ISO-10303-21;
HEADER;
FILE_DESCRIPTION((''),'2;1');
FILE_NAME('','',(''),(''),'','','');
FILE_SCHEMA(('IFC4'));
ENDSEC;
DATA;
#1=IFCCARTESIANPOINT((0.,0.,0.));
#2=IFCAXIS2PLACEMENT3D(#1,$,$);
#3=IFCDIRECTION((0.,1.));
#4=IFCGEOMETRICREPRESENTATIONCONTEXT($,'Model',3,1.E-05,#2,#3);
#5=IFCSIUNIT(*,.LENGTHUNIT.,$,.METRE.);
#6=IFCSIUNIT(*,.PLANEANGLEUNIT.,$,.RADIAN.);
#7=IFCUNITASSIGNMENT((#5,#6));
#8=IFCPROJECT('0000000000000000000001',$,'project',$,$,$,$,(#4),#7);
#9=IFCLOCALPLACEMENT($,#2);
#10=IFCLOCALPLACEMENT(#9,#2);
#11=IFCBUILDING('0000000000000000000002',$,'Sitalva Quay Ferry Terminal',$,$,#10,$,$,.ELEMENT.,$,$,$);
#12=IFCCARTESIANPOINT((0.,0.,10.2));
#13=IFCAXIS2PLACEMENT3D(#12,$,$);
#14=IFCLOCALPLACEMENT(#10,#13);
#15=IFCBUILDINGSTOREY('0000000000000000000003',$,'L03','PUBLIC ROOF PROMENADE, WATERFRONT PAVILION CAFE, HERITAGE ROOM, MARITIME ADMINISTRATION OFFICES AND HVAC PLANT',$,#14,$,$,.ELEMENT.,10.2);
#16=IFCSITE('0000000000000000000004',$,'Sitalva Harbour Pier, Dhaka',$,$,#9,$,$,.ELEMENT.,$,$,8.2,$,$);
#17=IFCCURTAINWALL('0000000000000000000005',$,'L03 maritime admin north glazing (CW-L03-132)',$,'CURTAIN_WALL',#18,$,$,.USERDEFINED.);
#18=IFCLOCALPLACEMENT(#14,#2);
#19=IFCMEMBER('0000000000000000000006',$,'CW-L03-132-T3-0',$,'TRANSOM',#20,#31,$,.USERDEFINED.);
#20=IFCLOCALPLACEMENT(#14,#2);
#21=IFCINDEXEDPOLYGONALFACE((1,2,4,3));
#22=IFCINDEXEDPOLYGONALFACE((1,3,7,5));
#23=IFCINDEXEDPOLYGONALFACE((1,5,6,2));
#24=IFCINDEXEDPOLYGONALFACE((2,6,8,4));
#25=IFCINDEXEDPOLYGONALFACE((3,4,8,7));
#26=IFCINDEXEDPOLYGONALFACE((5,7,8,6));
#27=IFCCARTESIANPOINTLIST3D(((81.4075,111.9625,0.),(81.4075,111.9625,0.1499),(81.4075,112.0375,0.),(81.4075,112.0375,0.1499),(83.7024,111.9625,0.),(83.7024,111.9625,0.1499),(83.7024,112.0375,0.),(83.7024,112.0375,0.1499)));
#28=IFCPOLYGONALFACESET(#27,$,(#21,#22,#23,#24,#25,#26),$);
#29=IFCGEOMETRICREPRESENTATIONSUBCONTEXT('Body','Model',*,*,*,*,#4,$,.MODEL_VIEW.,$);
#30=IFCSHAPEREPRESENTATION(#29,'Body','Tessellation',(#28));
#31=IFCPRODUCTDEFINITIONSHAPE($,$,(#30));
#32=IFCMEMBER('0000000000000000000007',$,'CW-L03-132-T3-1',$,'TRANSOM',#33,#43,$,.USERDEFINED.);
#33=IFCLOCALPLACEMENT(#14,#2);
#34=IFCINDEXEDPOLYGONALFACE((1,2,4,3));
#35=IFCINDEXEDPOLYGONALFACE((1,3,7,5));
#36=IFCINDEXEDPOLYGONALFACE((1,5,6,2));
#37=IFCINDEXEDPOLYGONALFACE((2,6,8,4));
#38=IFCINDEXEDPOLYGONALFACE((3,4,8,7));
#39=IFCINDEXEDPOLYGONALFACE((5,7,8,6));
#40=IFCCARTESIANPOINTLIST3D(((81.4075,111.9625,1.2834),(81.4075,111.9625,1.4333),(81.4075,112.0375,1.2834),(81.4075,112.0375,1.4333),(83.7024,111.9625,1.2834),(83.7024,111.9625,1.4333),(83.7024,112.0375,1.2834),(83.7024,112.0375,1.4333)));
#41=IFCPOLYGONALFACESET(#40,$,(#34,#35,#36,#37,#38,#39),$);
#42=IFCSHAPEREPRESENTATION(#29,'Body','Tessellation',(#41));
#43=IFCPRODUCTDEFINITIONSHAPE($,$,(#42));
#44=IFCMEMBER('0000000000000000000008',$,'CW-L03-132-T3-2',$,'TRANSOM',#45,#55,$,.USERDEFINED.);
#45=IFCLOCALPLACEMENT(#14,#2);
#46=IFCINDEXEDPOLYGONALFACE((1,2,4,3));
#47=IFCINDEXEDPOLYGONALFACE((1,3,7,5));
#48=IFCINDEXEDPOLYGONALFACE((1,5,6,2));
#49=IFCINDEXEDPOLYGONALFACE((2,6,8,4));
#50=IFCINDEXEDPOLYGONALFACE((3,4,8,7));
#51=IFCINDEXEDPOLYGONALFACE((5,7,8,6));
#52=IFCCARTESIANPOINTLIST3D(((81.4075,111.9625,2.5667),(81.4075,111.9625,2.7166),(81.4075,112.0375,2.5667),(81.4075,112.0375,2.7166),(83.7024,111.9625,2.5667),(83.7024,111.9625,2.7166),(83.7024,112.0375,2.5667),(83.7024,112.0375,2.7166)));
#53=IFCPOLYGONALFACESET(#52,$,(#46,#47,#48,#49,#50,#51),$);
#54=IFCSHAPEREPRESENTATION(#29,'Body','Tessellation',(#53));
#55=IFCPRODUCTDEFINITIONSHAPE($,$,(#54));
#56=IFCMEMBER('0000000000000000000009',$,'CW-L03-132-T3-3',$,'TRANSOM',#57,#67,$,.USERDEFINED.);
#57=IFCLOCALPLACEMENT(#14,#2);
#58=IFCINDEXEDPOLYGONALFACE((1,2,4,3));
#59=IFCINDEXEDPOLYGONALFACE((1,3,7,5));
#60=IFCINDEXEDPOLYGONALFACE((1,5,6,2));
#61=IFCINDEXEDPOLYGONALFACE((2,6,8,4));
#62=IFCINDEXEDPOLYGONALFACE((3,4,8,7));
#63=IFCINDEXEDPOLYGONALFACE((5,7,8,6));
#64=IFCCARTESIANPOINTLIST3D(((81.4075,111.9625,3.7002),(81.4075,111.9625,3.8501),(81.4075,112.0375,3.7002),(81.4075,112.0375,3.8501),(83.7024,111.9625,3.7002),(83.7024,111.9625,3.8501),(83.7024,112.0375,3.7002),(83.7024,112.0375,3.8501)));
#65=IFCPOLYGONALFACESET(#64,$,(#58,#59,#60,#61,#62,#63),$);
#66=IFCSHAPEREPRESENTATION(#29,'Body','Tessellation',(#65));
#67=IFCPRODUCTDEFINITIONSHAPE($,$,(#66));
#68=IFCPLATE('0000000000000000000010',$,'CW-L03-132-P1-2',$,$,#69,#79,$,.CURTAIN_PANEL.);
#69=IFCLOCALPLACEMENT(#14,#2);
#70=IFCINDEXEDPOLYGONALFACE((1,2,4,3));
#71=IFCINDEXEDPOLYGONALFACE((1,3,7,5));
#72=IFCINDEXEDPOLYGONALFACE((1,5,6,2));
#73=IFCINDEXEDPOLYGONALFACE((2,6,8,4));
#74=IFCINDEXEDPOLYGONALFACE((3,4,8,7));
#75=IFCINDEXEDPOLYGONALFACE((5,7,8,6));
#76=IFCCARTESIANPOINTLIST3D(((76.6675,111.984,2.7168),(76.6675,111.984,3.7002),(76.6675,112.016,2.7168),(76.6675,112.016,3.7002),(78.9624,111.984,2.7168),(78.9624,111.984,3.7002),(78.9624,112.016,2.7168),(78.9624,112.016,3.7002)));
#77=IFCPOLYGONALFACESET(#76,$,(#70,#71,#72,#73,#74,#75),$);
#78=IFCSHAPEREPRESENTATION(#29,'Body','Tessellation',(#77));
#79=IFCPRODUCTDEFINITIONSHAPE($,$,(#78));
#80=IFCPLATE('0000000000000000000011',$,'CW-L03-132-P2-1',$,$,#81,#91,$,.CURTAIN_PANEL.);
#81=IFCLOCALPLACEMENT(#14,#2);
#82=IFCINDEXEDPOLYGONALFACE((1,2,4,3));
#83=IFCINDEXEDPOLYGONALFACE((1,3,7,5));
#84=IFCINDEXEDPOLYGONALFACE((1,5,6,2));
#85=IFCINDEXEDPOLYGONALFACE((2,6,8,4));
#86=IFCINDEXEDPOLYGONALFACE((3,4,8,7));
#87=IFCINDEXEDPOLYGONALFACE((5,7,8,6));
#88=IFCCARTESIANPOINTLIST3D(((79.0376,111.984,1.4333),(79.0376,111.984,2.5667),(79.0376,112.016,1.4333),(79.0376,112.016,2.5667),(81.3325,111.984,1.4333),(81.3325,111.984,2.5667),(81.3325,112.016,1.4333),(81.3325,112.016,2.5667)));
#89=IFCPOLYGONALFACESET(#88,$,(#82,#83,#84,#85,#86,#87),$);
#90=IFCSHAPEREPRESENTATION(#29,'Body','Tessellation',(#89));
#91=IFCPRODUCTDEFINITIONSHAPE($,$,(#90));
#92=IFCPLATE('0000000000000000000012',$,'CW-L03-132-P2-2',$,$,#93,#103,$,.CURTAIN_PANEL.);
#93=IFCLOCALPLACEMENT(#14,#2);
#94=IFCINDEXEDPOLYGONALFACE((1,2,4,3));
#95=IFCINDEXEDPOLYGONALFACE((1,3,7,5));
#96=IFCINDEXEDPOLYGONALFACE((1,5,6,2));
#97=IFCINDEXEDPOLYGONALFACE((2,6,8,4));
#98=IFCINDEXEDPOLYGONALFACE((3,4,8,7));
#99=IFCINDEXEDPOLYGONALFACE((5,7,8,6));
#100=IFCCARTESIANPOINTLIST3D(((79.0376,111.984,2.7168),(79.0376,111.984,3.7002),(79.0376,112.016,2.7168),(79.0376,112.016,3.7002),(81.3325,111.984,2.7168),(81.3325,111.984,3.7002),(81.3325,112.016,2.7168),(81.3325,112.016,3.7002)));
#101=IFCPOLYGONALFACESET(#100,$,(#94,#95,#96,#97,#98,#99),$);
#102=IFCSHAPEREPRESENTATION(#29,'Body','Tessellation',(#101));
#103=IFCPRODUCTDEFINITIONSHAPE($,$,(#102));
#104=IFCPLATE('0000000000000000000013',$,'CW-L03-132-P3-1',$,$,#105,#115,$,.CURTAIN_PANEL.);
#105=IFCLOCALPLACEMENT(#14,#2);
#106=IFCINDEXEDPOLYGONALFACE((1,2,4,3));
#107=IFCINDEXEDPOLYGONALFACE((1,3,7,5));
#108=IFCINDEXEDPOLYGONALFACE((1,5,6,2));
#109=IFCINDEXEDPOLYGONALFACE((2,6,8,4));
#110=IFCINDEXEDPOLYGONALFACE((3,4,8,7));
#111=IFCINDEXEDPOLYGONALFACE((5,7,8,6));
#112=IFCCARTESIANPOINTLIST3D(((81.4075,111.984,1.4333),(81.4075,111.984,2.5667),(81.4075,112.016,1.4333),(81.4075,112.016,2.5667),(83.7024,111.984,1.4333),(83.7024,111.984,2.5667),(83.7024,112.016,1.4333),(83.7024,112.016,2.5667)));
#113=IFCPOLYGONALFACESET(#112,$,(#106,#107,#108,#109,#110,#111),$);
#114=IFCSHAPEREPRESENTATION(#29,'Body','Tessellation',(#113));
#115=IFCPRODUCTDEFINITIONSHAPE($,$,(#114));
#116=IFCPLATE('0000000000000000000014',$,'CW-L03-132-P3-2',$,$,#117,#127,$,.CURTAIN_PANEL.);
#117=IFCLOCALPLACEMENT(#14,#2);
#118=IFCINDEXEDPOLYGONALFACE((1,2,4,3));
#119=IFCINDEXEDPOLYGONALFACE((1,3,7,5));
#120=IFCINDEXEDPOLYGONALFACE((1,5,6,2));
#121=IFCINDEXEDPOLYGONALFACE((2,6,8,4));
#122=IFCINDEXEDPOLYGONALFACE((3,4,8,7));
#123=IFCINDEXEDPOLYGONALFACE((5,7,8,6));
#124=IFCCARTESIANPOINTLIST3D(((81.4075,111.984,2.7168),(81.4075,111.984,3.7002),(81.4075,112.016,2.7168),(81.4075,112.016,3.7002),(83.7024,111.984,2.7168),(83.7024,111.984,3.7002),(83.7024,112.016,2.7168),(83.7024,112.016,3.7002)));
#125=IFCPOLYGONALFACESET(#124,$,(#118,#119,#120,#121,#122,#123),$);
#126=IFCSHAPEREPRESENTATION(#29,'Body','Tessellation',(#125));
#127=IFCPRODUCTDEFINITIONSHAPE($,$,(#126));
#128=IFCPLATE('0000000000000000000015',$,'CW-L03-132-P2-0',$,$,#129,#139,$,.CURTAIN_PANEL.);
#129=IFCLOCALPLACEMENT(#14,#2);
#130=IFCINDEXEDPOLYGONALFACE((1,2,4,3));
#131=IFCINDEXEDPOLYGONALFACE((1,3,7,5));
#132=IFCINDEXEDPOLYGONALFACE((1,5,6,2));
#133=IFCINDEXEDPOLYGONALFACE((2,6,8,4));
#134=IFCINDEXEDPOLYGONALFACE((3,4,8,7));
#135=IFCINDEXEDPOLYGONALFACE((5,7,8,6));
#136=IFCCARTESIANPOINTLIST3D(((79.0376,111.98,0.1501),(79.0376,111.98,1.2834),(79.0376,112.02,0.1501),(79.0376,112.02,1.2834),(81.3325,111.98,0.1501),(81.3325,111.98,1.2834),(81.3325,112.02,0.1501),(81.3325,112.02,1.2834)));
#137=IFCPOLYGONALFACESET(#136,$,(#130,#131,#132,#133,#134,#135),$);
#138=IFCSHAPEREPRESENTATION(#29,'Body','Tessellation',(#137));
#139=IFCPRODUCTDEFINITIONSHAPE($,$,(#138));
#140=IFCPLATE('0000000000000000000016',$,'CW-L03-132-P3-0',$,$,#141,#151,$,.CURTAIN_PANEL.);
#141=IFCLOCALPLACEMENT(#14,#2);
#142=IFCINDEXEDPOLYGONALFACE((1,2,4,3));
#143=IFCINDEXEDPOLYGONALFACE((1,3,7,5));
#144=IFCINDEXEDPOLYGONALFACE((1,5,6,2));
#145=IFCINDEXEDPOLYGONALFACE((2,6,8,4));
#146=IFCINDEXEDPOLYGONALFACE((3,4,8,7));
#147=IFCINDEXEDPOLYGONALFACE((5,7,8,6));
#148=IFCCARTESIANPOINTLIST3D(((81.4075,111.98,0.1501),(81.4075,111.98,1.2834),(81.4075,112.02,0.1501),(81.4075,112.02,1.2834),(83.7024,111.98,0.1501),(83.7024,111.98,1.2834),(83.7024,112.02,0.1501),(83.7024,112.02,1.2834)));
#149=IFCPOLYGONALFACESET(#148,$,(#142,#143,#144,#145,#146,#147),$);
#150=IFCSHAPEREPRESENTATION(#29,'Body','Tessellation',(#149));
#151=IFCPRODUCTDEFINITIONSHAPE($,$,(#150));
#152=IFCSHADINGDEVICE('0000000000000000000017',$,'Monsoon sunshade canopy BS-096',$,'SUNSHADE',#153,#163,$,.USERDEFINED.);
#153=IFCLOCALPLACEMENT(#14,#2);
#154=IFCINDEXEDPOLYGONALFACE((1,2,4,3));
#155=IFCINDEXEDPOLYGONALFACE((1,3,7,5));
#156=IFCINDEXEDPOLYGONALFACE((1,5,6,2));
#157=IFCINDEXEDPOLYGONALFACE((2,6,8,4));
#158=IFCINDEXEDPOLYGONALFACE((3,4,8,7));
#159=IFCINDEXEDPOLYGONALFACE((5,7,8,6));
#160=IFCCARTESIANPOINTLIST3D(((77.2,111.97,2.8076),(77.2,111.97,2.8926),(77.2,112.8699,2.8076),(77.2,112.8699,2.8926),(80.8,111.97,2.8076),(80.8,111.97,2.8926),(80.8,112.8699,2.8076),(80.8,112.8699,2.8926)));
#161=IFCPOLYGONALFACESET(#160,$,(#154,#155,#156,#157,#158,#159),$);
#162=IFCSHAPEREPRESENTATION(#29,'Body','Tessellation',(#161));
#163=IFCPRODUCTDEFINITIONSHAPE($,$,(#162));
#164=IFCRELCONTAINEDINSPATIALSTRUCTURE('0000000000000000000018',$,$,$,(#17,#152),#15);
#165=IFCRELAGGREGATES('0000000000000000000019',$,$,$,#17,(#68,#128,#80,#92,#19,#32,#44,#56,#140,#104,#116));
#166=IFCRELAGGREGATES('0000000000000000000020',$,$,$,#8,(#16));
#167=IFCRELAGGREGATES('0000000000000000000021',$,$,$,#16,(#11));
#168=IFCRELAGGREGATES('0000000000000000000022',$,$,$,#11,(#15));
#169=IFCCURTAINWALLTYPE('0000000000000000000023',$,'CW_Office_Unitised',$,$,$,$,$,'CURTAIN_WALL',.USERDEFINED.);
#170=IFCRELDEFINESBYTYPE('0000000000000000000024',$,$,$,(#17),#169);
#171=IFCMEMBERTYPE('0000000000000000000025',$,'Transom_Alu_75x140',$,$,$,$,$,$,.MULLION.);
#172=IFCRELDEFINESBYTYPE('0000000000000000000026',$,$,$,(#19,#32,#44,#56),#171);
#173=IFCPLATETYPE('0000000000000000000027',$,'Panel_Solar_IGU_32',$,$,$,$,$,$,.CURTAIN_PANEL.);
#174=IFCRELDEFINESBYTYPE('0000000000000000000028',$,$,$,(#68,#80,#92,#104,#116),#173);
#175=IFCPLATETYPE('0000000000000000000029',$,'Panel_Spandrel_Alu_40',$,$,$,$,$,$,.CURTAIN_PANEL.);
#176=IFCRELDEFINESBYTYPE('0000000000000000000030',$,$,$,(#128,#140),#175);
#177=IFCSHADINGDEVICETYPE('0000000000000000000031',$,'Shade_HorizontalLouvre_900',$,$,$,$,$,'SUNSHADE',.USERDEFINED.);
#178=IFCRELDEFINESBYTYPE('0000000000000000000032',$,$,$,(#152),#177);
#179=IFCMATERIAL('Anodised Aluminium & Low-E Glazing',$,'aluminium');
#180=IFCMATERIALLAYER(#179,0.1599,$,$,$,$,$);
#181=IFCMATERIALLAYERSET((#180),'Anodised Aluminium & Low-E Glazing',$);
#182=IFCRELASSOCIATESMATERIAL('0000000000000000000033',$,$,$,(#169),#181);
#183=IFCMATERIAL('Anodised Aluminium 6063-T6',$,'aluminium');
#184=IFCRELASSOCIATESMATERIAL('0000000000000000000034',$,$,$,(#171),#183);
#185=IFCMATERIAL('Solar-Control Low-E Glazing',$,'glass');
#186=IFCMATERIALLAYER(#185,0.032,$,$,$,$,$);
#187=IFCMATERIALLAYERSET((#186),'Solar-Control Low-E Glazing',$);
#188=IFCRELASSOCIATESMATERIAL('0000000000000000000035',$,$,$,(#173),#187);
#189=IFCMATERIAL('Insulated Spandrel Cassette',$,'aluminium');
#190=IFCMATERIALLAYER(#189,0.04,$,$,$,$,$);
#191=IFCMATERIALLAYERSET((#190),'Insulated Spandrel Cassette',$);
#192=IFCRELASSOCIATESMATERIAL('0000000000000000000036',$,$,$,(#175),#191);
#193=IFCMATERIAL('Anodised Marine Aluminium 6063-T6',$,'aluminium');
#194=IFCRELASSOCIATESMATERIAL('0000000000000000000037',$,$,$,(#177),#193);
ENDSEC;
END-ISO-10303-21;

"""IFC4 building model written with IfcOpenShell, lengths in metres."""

from ifc_helpers import new_model, si_unit, direction, frame, origin, origin_2d, place, context, subcontext, project, spatial, rectangle, extrude, material, layer, layer_set, material_profile, profile_set, type_object, element, aggregate, save


model = new_model("IFC4")

# Units and contexts
model_context = context("Model", 3, precision=1e-05, world=origin(), true_north=direction((0.0, 1.0)))
body_context = subcontext(model_context, "Body", "Model", "MODEL_VIEW")
ifc_project = project(units=[si_unit("LENGTHUNIT", "METRE"), si_unit("PLANEANGLEUNIT", "RADIAN")], contexts=[model_context])

# Site, building, storey
site_placement = place(None, origin())
site = spatial("IfcSite", under=ifc_project, at=site_placement, Name="Sitalva Harbour Pier, Dhaka", CompositionType="ELEMENT", RefElevation=8.2)
building_placement = place(site_placement, origin())
building = spatial("IfcBuilding", under=site, at=building_placement, Name="Sitalva Quay Ferry Terminal", CompositionType="ELEMENT")
storey_placement = place(building_placement, frame((0.0, 0.0, 10.2)))
storey = spatial("IfcBuildingStorey", under=building, at=storey_placement, Name="L03", Description="PUBLIC ROOF PROMENADE, WATERFRONT PAVILION CAFE, HERITAGE ROOM, MARITIME ADMINISTRATION OFFICES AND HVAC PLANT", CompositionType="ELEMENT", Elevation=10.2)

# Curtain wall, members, plates
ifc_material_1 = material(Name="Anodised Aluminium & Low-E Glazing", Category="aluminium")
ifc_layer_1 = layer(ifc_material_1, 0.1599)
ifc_layer_set_1 = layer_set([ifc_layer_1], Name="Anodised Aluminium & Low-E Glazing")
curtain_wall_type = type_object("IfcCurtainWallType", Name="CW_Office_Unitised", ElementType="CURTAIN_WALL", PredefinedType="USERDEFINED", material=ifc_layer_set_1)
curtain_wall_placement = place(storey_placement, origin())
curtain_wall = element("IfcCurtainWall", 1, at=curtain_wall_placement, inside=storey, type_object=curtain_wall_type, Name="L03 maritime admin north glazing (CW-L03-132)", ObjectType="CURTAIN_WALL", PredefinedType="USERDEFINED")
ifc_material_2 = material(Name="Anodised Aluminium 6063-T6", Category="aluminium")
ifc_material_profile_1 = material_profile(ifc_material_2, rectangle(XDim=0.075, YDim=0.1499, at=origin_2d()), Name="ALU75x150")
ifc_profile_set_1 = profile_set([ifc_material_profile_1], Name="Anodised Aluminium 6063-T6")
member_type_1 = type_object("IfcMemberType", Name="Transom_Alu_75x140", PredefinedType="MULLION", material=ifc_profile_set_1)
member_1_placement = place(storey_placement, frame((81.4075, 112.0, 0.075), z_axis=(1.0, 0.0, 0.0), x_axis=(0.0, 1.0, 0.0)))
member_1 = element("IfcMember", 2, at=member_1_placement, type_object=member_type_1, Name="CW-L03-132-T3-0", ObjectType="TRANSOM", PredefinedType="USERDEFINED", context=body_context, shape_type="SweptSolid", body=[
    extrude(rectangle(XDim=0.075, YDim=0.1499, at=origin_2d()), origin(), (0.0, 0.0, 1.0), 2.2949),
])
member_2_placement = place(storey_placement, frame((81.4075, 112.0, 1.3584), z_axis=(1.0, 0.0, 0.0), x_axis=(0.0, 1.0, 0.0)))
member_2 = element("IfcMember", 3, at=member_2_placement, type_object=member_type_1, Name="CW-L03-132-T3-1", ObjectType="TRANSOM", PredefinedType="USERDEFINED", context=body_context, shape_type="SweptSolid", body=[
    extrude(rectangle(XDim=0.075, YDim=0.1499, at=origin_2d()), origin(), (0.0, 0.0, 1.0), 2.2949),
])
member_3_placement = place(storey_placement, frame((81.4075, 112.0, 2.6416), z_axis=(1.0, 0.0, 0.0), x_axis=(0.0, 1.0, 0.0)))
member_3 = element("IfcMember", 4, at=member_3_placement, type_object=member_type_1, Name="CW-L03-132-T3-2", ObjectType="TRANSOM", PredefinedType="USERDEFINED", context=body_context, shape_type="SweptSolid", body=[
    extrude(rectangle(XDim=0.075, YDim=0.1499, at=origin_2d()), origin(), (0.0, 0.0, 1.0), 2.2949),
])
member_4_placement = place(storey_placement, frame((81.4075, 112.0, 3.7751), z_axis=(1.0, 0.0, 0.0), x_axis=(0.0, 1.0, 0.0)))
member_4 = element("IfcMember", 5, at=member_4_placement, type_object=member_type_1, Name="CW-L03-132-T3-3", ObjectType="TRANSOM", PredefinedType="USERDEFINED", context=body_context, shape_type="SweptSolid", body=[
    extrude(rectangle(XDim=0.075, YDim=0.1499, at=origin_2d()), origin(), (0.0, 0.0, 1.0), 2.2949),
])
ifc_material_3 = material(Name="Solar-Control Low-E Glazing", Category="glass")
ifc_layer_2 = layer(ifc_material_3, 0.032)
ifc_layer_set_2 = layer_set([ifc_layer_2], Name="Solar-Control Low-E Glazing")
plate_type_1 = type_object("IfcPlateType", Name="Panel_Solar_IGU_32", PredefinedType="CURTAIN_PANEL", material=ifc_layer_set_2)
plate_1_placement = place(storey_placement, frame((77.8149, 112.0, 2.7168), z_axis=(0.0, 0.0, 1.0), x_axis=(1.0, 0.0, 0.0)))
plate_1 = element("IfcPlate", 6, at=plate_1_placement, type_object=plate_type_1, Name="CW-L03-132-P1-2", PredefinedType="CURTAIN_PANEL", context=body_context, shape_type="SweptSolid", body=[
    extrude(rectangle(XDim=2.2949, YDim=0.032, at=origin_2d()), origin(), (0.0, 0.0, 1.0), 0.9834),
])
plate_2_placement = place(storey_placement, frame((80.1851, 112.0, 1.4333), z_axis=(0.0, 0.0, 1.0), x_axis=(1.0, 0.0, 0.0)))
plate_2 = element("IfcPlate", 7, at=plate_2_placement, type_object=plate_type_1, Name="CW-L03-132-P2-1", PredefinedType="CURTAIN_PANEL", context=body_context, shape_type="SweptSolid", body=[
    extrude(rectangle(XDim=2.2949, YDim=0.032, at=origin_2d()), origin(), (0.0, 0.0, 1.0), 1.1333),
])
plate_3_placement = place(storey_placement, frame((80.1851, 112.0, 2.7168), z_axis=(0.0, 0.0, 1.0), x_axis=(1.0, 0.0, 0.0)))
plate_3 = element("IfcPlate", 8, at=plate_3_placement, type_object=plate_type_1, Name="CW-L03-132-P2-2", PredefinedType="CURTAIN_PANEL", context=body_context, shape_type="SweptSolid", body=[
    extrude(rectangle(XDim=2.2949, YDim=0.032, at=origin_2d()), origin(), (0.0, 0.0, 1.0), 0.9834),
])
plate_4_placement = place(storey_placement, frame((82.5549, 112.0, 1.4333), z_axis=(0.0, 0.0, 1.0), x_axis=(1.0, 0.0, 0.0)))
plate_4 = element("IfcPlate", 9, at=plate_4_placement, type_object=plate_type_1, Name="CW-L03-132-P3-1", PredefinedType="CURTAIN_PANEL", context=body_context, shape_type="SweptSolid", body=[
    extrude(rectangle(XDim=2.2949, YDim=0.032, at=origin_2d()), origin(), (0.0, 0.0, 1.0), 1.1333),
])
plate_5_placement = place(storey_placement, frame((82.5549, 112.0, 2.7168), z_axis=(0.0, 0.0, 1.0), x_axis=(1.0, 0.0, 0.0)))
plate_5 = element("IfcPlate", 10, at=plate_5_placement, type_object=plate_type_1, Name="CW-L03-132-P3-2", PredefinedType="CURTAIN_PANEL", context=body_context, shape_type="SweptSolid", body=[
    extrude(rectangle(XDim=2.2949, YDim=0.032, at=origin_2d()), origin(), (0.0, 0.0, 1.0), 0.9834),
])
ifc_material_4 = material(Name="Insulated Spandrel Cassette", Category="aluminium")
ifc_layer_3 = layer(ifc_material_4, 0.04)
ifc_layer_set_3 = layer_set([ifc_layer_3], Name="Insulated Spandrel Cassette")
plate_type_2 = type_object("IfcPlateType", Name="Panel_Spandrel_Alu_40", PredefinedType="CURTAIN_PANEL", material=ifc_layer_set_3)
plate_6_placement = place(storey_placement, frame((80.1851, 112.0, 0.1501), z_axis=(0.0, 0.0, 1.0), x_axis=(1.0, 0.0, 0.0)))
plate_6 = element("IfcPlate", 11, at=plate_6_placement, type_object=plate_type_2, Name="CW-L03-132-P2-0", PredefinedType="CURTAIN_PANEL", context=body_context, shape_type="SweptSolid", body=[
    extrude(rectangle(XDim=2.2949, YDim=0.04, at=origin_2d()), origin(), (0.0, 0.0, 1.0), 1.1333),
])
plate_7_placement = place(storey_placement, frame((82.5549, 112.0, 0.1501), z_axis=(0.0, 0.0, 1.0), x_axis=(1.0, 0.0, 0.0)))
plate_7 = element("IfcPlate", 12, at=plate_7_placement, type_object=plate_type_2, Name="CW-L03-132-P3-0", PredefinedType="CURTAIN_PANEL", context=body_context, shape_type="SweptSolid", body=[
    extrude(rectangle(XDim=2.2949, YDim=0.04, at=origin_2d()), origin(), (0.0, 0.0, 1.0), 1.1333),
])
aggregate(curtain_wall, [plate_1, plate_6, plate_2, plate_3, member_1, member_2, member_3, member_4, plate_7, plate_4, plate_5])

# Shading device
ifc_material_5 = material(Name="Anodised Marine Aluminium 6063-T6", Category="aluminium")
shading_device_type = type_object("IfcShadingDeviceType", Name="Shade_HorizontalLouvre_900", ElementType="SUNSHADE", PredefinedType="USERDEFINED", material=ifc_material_5)
shading_device_placement = place(storey_placement, frame((79.0, 112.4199, 2.8076), z_axis=(0.0, 0.0, 1.0), x_axis=(1.0, 0.0, 0.0)))
element("IfcShadingDevice", 13, at=shading_device_placement, inside=storey, type_object=shading_device_type, Name="Monsoon sunshade canopy BS-096", ObjectType="SUNSHADE", PredefinedType="USERDEFINED", context=body_context, shape_type="SweptSolid", body=[
    extrude(rectangle(XDim=3.6001, YDim=0.8999, at=origin_2d()), origin(), (0.0, 0.0, 1.0), 0.085),
])

save(model, "model.ifc")
